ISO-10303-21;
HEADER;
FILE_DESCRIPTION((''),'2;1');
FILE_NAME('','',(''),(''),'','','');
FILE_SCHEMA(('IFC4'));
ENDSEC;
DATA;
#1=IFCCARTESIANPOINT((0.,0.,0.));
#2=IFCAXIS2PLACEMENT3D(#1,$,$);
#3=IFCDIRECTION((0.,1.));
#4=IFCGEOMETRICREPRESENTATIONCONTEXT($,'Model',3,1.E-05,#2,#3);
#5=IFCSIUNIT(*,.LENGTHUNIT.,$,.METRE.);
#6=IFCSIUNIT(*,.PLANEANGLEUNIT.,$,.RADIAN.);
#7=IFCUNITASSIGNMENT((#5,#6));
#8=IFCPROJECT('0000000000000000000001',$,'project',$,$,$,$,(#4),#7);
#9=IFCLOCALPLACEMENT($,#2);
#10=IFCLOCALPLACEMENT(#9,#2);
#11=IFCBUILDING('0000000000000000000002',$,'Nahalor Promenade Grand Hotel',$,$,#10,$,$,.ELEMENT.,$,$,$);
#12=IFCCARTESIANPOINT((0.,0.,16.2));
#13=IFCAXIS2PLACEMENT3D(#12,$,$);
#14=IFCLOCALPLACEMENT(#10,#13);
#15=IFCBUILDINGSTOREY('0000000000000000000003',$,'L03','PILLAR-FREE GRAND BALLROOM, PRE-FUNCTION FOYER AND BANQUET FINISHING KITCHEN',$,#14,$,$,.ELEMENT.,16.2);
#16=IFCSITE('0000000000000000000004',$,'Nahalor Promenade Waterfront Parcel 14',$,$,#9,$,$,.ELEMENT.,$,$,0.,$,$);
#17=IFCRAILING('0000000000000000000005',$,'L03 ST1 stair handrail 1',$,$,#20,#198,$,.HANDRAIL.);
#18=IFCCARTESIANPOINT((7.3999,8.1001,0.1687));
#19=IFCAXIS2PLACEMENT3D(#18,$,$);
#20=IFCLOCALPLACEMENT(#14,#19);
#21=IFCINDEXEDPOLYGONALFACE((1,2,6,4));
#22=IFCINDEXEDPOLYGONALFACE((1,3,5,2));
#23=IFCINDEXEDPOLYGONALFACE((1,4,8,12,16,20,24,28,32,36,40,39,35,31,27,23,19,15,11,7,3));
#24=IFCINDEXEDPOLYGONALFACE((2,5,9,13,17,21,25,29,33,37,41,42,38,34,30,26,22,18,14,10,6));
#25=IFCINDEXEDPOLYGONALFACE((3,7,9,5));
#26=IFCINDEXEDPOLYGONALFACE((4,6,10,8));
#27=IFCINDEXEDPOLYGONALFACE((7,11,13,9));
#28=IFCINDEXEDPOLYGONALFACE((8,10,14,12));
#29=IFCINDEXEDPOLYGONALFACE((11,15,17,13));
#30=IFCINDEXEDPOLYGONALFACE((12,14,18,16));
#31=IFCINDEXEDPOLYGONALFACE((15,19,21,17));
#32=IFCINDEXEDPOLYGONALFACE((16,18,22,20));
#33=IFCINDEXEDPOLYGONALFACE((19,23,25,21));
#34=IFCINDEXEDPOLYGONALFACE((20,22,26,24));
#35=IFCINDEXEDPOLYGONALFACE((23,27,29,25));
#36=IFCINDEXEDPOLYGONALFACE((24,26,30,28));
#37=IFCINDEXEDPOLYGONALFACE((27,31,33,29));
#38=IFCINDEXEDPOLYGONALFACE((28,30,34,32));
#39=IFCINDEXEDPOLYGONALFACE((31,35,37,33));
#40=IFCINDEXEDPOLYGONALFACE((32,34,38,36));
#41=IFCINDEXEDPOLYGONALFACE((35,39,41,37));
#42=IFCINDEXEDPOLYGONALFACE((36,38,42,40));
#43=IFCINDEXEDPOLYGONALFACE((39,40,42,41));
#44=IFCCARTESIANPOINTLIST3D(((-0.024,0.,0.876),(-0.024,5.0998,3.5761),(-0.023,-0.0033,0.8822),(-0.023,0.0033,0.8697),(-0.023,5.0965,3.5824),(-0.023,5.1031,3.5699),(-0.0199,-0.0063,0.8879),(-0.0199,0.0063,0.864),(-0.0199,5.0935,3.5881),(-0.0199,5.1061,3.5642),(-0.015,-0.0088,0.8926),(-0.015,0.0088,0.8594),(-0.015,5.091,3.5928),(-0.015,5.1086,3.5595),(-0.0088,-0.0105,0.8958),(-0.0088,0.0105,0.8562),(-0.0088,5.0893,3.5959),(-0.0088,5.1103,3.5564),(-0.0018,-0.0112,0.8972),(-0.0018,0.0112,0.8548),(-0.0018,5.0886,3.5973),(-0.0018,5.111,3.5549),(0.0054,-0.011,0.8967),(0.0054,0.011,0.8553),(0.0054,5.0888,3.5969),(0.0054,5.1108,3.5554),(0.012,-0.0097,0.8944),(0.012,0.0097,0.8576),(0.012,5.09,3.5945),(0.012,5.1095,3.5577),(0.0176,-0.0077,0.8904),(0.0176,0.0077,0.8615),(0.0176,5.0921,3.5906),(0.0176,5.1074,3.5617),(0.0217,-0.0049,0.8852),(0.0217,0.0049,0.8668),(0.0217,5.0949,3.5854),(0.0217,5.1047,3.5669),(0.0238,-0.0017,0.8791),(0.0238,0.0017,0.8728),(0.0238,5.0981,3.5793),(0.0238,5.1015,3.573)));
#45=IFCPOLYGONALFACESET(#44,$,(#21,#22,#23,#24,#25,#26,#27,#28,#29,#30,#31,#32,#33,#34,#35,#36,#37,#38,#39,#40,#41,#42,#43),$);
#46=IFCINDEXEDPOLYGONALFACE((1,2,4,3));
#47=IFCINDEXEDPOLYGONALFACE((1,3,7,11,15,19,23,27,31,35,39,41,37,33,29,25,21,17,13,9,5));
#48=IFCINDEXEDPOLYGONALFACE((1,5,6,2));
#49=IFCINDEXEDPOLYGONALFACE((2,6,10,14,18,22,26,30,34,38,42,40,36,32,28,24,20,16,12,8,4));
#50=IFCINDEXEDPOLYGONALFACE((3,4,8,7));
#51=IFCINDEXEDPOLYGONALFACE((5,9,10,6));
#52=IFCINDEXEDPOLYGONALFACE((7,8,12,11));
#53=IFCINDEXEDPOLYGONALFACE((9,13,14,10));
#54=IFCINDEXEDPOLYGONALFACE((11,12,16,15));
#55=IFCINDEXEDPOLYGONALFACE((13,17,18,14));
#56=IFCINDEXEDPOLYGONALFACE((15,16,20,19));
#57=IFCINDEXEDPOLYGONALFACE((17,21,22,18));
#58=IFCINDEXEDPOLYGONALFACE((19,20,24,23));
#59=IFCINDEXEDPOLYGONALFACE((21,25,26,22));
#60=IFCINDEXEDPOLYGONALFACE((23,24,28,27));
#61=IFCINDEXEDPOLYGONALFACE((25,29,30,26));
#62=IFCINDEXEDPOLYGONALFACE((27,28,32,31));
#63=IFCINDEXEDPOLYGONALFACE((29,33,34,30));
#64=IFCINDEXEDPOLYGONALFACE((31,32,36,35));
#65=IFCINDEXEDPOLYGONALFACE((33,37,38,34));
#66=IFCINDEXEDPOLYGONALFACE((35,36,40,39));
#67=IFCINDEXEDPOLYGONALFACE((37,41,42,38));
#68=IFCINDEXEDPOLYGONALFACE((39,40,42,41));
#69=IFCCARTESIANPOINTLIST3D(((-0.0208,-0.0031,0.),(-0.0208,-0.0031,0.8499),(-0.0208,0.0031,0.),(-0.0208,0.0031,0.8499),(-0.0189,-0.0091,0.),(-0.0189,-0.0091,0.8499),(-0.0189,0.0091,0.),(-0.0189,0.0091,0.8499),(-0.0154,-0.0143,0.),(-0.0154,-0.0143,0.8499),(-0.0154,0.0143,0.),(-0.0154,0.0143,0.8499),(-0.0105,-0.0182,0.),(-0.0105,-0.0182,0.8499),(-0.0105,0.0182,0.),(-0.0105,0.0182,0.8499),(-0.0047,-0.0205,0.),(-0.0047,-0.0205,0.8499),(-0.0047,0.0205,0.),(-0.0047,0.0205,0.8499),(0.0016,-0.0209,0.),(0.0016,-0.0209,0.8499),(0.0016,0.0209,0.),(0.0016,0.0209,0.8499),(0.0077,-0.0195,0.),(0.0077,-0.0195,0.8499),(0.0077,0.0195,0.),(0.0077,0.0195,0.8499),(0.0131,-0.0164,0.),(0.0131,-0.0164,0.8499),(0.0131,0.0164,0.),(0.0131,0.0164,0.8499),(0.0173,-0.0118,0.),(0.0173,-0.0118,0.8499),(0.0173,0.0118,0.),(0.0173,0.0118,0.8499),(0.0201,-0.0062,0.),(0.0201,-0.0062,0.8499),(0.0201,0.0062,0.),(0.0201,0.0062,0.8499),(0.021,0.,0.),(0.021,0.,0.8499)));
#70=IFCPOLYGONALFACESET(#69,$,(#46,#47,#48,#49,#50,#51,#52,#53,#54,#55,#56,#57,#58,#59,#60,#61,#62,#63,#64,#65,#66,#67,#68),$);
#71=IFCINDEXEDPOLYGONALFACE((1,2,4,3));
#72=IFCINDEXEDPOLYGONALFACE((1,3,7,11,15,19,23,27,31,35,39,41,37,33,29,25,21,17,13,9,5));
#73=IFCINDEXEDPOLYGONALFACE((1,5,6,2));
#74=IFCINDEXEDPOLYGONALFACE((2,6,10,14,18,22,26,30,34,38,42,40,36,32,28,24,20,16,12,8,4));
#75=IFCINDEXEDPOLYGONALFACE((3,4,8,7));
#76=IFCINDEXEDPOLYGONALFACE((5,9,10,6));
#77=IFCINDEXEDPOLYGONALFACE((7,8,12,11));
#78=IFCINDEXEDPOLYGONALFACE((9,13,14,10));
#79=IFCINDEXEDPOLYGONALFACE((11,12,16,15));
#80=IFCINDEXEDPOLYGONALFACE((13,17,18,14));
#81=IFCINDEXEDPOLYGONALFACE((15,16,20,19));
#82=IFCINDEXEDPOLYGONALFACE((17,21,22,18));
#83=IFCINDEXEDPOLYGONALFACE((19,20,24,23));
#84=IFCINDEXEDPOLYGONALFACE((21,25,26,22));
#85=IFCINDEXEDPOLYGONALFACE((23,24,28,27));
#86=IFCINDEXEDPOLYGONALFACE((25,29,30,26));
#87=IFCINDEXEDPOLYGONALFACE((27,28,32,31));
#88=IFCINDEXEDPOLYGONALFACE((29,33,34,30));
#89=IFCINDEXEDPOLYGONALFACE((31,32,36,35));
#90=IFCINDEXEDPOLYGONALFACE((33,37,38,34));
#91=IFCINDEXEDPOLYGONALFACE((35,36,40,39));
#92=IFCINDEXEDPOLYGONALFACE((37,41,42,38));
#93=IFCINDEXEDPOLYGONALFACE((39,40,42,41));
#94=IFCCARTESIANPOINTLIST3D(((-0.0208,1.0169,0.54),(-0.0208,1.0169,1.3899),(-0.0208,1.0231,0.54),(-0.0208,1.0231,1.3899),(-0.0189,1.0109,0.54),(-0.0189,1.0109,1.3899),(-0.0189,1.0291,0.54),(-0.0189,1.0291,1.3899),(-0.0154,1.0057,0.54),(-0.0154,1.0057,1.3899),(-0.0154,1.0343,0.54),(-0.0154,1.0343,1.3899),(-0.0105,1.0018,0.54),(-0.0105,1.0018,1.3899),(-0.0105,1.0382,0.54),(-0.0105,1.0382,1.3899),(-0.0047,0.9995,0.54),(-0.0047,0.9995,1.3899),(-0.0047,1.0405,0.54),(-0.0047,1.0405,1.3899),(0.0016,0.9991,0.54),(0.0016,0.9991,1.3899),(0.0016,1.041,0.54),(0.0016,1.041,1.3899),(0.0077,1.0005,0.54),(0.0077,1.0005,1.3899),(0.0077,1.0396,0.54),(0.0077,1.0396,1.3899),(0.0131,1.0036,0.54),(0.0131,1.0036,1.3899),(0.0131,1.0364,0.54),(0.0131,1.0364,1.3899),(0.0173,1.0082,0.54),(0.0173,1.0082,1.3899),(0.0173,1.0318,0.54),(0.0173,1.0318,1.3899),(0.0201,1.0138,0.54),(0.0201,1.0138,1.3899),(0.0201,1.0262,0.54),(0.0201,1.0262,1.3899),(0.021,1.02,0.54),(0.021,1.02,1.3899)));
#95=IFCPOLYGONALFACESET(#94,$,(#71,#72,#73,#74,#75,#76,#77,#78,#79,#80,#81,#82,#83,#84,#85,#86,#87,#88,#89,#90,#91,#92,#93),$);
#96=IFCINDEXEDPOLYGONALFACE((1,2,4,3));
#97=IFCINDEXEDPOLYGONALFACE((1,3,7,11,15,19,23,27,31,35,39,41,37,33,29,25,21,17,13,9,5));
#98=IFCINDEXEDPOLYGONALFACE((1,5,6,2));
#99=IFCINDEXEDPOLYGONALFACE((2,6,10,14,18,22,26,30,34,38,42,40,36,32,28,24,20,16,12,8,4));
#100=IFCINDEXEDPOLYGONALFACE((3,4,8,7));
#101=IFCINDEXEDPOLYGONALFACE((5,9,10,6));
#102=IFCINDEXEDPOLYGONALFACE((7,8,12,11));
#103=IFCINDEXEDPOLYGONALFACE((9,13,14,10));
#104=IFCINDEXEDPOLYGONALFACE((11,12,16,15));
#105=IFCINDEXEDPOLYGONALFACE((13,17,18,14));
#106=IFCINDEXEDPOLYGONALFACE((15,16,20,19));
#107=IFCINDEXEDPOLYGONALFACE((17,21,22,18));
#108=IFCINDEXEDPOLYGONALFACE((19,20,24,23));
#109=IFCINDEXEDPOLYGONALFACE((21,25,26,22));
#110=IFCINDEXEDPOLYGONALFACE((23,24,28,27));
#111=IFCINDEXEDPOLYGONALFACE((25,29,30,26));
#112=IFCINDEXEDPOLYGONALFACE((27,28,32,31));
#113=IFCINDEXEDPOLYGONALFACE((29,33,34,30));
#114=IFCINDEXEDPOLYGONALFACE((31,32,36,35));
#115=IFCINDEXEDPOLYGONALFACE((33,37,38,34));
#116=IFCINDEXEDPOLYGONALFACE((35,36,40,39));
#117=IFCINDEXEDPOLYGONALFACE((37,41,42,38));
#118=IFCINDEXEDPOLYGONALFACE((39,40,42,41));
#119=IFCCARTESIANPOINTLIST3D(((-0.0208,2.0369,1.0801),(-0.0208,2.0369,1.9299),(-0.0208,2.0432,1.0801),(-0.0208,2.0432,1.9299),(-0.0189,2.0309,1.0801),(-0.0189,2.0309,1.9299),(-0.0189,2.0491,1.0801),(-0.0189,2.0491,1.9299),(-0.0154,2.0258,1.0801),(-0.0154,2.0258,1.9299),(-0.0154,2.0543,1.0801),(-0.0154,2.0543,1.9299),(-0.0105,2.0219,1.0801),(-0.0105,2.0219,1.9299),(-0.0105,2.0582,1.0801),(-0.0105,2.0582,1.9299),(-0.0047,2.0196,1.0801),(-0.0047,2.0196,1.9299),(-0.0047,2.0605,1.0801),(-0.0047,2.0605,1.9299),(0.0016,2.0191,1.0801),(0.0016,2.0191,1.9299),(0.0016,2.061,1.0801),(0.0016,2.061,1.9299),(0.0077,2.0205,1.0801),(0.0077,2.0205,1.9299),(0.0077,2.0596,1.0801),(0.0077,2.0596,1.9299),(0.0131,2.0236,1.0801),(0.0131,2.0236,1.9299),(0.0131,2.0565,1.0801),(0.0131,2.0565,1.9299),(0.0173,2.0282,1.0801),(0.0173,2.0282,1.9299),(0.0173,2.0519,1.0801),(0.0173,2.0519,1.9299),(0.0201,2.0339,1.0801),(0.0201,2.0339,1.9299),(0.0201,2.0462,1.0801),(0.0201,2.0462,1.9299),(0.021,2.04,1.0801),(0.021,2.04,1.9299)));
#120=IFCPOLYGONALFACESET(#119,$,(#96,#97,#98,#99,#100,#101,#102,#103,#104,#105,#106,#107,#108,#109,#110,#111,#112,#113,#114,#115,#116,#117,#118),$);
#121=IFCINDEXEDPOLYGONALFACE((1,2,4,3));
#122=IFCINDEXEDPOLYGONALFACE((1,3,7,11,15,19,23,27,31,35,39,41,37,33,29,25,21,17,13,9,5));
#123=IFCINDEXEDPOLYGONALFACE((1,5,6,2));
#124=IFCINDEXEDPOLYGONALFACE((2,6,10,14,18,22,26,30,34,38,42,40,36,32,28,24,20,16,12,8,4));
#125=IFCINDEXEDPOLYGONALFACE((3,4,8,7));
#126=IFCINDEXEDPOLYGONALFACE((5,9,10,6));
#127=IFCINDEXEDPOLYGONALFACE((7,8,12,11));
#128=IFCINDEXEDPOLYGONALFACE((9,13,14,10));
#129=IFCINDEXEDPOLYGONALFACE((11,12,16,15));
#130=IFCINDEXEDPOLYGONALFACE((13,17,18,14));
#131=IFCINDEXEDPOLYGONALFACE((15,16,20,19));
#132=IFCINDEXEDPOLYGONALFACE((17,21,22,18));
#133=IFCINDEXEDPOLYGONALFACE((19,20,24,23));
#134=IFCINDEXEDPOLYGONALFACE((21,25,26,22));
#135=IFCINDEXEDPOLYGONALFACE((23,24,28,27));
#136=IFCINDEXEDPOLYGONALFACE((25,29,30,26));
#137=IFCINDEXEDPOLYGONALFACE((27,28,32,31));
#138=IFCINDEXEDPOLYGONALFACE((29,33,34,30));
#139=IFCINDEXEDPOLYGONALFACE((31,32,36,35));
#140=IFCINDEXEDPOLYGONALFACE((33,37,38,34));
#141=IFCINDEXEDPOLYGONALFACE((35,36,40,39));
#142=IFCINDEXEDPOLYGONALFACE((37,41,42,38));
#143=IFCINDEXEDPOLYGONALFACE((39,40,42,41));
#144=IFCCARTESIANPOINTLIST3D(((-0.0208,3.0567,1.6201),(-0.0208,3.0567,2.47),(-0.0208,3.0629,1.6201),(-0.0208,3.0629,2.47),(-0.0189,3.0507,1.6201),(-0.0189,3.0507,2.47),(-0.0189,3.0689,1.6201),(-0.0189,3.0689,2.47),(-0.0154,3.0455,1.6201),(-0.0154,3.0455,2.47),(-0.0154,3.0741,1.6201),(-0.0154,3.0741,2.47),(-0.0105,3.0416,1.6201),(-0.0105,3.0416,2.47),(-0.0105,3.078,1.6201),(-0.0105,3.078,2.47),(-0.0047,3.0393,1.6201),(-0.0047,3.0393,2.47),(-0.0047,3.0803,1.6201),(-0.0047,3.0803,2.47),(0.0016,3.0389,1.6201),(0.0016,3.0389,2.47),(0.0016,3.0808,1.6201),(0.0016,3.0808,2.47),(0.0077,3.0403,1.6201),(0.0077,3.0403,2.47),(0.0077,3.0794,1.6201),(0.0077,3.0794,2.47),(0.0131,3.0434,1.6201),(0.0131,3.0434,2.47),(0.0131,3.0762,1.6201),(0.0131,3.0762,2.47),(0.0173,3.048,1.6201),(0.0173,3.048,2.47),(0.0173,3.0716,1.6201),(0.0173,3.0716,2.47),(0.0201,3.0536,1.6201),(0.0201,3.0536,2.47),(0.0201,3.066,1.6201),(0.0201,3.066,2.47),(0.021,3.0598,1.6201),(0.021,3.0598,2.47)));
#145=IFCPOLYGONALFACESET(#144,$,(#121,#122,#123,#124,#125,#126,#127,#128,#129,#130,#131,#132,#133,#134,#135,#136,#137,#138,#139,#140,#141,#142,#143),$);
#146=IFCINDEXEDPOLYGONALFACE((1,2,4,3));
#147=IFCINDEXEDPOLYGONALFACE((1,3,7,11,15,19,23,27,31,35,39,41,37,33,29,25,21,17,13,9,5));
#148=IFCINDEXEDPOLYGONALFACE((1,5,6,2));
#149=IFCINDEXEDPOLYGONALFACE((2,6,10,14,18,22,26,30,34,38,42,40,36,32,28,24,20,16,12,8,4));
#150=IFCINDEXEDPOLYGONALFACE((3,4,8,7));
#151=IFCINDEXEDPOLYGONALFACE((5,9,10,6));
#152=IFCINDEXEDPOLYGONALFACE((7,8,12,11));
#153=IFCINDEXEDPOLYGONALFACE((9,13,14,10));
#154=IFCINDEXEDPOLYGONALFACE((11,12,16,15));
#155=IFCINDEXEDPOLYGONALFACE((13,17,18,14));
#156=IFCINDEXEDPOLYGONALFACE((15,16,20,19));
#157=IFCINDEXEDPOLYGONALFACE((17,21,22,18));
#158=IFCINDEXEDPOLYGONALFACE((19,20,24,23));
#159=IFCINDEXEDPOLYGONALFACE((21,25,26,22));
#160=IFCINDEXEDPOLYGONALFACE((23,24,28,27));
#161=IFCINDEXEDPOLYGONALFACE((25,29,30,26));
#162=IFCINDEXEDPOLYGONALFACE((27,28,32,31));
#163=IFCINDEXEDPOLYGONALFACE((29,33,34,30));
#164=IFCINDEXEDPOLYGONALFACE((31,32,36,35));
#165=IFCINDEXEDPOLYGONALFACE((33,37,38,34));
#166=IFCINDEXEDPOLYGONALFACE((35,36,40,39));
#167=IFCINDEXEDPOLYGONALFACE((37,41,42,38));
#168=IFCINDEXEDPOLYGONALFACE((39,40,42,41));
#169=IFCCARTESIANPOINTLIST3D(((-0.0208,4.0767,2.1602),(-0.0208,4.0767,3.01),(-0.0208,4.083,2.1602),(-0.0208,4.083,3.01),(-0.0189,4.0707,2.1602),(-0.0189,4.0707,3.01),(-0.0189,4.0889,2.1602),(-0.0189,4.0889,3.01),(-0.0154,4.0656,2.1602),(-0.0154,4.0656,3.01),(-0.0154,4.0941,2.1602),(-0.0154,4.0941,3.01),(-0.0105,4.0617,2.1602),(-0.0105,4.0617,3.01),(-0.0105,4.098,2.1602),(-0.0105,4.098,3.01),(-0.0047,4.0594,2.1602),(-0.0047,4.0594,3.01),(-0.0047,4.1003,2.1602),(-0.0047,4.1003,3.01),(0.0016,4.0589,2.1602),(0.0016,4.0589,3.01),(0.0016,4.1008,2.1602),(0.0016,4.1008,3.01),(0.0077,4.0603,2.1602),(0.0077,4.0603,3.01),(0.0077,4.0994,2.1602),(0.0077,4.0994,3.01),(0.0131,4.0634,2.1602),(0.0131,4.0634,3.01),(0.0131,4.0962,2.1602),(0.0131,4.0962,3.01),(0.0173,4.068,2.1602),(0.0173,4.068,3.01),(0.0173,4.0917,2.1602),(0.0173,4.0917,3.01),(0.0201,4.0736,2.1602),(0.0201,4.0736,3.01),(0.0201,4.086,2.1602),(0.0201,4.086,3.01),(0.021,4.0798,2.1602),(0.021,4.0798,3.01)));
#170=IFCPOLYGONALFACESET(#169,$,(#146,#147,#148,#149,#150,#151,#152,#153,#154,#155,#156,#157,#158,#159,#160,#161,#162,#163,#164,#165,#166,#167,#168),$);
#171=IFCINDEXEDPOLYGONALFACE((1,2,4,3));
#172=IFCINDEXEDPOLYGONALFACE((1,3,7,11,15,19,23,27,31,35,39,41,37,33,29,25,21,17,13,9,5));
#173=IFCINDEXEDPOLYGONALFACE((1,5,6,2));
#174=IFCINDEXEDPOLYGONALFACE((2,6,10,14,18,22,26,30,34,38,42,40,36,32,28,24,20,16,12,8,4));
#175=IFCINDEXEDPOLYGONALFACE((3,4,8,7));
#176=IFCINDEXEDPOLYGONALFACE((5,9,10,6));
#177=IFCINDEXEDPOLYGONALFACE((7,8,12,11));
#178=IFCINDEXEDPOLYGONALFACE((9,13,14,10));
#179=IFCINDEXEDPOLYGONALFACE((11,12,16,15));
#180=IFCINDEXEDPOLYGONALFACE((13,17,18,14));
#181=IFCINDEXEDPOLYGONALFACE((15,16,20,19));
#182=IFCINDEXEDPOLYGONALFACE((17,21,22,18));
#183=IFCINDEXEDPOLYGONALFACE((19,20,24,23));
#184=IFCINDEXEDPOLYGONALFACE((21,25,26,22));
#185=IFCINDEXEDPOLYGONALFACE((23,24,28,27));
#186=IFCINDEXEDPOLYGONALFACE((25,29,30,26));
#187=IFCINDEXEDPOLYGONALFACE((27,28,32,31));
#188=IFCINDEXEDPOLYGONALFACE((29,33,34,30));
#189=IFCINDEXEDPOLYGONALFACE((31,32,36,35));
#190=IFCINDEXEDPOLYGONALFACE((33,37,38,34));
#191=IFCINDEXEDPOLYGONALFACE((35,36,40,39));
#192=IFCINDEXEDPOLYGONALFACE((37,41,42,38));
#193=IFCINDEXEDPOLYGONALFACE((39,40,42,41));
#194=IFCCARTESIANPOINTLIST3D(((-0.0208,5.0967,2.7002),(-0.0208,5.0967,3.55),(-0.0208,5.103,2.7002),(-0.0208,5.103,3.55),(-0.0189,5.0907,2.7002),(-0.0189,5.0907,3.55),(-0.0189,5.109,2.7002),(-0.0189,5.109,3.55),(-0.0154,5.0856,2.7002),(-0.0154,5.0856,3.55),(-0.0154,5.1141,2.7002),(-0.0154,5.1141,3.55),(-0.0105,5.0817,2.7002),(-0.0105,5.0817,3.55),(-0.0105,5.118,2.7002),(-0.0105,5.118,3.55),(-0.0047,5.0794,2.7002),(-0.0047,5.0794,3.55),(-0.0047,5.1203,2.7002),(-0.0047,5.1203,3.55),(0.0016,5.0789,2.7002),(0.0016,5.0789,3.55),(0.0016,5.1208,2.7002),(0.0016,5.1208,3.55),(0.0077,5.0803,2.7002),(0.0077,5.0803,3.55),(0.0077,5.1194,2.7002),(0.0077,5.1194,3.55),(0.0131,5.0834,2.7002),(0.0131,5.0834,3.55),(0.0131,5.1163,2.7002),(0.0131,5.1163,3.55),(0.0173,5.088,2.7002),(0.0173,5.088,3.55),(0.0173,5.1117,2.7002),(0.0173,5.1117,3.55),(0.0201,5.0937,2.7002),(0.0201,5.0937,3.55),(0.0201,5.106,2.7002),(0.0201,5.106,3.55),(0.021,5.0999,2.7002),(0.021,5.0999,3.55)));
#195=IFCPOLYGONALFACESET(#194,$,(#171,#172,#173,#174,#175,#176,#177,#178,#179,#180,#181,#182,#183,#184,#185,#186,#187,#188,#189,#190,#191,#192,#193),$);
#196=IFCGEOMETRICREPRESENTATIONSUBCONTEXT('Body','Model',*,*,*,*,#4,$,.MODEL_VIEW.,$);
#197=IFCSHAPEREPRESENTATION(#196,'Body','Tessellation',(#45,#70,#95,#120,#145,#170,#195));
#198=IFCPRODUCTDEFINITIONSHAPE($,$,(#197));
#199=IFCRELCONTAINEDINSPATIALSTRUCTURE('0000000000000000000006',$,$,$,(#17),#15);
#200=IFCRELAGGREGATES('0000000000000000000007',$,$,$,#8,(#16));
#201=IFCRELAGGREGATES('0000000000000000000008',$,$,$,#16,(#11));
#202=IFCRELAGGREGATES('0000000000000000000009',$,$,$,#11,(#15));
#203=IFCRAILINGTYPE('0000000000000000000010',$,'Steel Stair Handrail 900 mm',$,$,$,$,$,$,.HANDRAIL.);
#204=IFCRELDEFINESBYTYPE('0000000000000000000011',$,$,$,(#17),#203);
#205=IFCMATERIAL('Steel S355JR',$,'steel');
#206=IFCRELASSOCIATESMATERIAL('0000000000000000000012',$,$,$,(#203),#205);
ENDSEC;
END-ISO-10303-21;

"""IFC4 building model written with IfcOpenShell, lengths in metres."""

from ifc_helpers import new_model, si_unit, direction, frame, origin, origin_2d, place, context, subcontext, project, spatial, circle, extrude, material, type_object, element, save


model = new_model("IFC4")

# Units and contexts
model_context = context("Model", 3, precision=1e-05, world=origin(), true_north=direction((0.0, 1.0)))
body_context = subcontext(model_context, "Body", "Model", "MODEL_VIEW")
ifc_project = project(units=[si_unit("LENGTHUNIT", "METRE"), si_unit("PLANEANGLEUNIT", "RADIAN")], contexts=[model_context])

# Site, building, storey
site_placement = place(None, origin())
site = spatial("IfcSite", under=ifc_project, at=site_placement, Name="Nahalor Promenade Waterfront Parcel 14", CompositionType="ELEMENT", RefElevation=0.0)
building_placement = place(site_placement, origin())
building = spatial("IfcBuilding", under=site, at=building_placement, Name="Nahalor Promenade Grand Hotel", CompositionType="ELEMENT")
storey_placement = place(building_placement, frame((0.0, 0.0, 16.2)))
storey = spatial("IfcBuildingStorey", under=building, at=storey_placement, Name="L03", Description="PILLAR-FREE GRAND BALLROOM, PRE-FUNCTION FOYER AND BANQUET FINISHING KITCHEN", CompositionType="ELEMENT", Elevation=16.2)

# Shared definitions
ifc_material_1 = material(Name="Steel S355JR", Category="steel")

# Railing
railing_type = type_object("IfcRailingType", Name="Steel Stair Handrail 900 mm", PredefinedType="HANDRAIL", material=ifc_material_1)
railing_placement = place(storey_placement, frame((7.3999, 8.1001, 0.1687)))
element("IfcRailing", 1, at=railing_placement, inside=storey, type_object=railing_type, Name="L03 ST1 stair handrail 1", PredefinedType="HANDRAIL", context=body_context, shape_type="SweptSolid", body=[
    extrude(circle(Radius=0.024, at=origin_2d()), frame((0.0, 0.0, 0.876), z_axis=(0.0, 0.883768, 0.467925), x_axis=(-1.0, 0.0, 0.0)), (0.0, 0.0, 1.0), 5.7705),
    extrude(circle(Radius=0.021, at=origin_2d()), origin(), (0.0, 0.0, 1.0), 0.8499),
    extrude(circle(Radius=0.021, at=origin_2d()), frame((0.0, 1.02, 0.54)), (0.0, 0.0, 1.0), 0.8499),
    extrude(circle(Radius=0.021, at=origin_2d()), frame((0.0, 2.04, 1.0801)), (0.0, 0.0, 1.0), 0.8499),
    extrude(circle(Radius=0.021, at=origin_2d()), frame((0.0, 3.0598, 1.6201)), (0.0, 0.0, 1.0), 0.8499),
    extrude(circle(Radius=0.021, at=origin_2d()), frame((0.0, 4.0798, 2.1602)), (0.0, 0.0, 1.0), 0.8499),
    extrude(circle(Radius=0.021, at=origin_2d()), frame((0.0, 5.0999, 2.7002)), (0.0, 0.0, 1.0), 0.8499),
])

save(model, "model.ifc")
